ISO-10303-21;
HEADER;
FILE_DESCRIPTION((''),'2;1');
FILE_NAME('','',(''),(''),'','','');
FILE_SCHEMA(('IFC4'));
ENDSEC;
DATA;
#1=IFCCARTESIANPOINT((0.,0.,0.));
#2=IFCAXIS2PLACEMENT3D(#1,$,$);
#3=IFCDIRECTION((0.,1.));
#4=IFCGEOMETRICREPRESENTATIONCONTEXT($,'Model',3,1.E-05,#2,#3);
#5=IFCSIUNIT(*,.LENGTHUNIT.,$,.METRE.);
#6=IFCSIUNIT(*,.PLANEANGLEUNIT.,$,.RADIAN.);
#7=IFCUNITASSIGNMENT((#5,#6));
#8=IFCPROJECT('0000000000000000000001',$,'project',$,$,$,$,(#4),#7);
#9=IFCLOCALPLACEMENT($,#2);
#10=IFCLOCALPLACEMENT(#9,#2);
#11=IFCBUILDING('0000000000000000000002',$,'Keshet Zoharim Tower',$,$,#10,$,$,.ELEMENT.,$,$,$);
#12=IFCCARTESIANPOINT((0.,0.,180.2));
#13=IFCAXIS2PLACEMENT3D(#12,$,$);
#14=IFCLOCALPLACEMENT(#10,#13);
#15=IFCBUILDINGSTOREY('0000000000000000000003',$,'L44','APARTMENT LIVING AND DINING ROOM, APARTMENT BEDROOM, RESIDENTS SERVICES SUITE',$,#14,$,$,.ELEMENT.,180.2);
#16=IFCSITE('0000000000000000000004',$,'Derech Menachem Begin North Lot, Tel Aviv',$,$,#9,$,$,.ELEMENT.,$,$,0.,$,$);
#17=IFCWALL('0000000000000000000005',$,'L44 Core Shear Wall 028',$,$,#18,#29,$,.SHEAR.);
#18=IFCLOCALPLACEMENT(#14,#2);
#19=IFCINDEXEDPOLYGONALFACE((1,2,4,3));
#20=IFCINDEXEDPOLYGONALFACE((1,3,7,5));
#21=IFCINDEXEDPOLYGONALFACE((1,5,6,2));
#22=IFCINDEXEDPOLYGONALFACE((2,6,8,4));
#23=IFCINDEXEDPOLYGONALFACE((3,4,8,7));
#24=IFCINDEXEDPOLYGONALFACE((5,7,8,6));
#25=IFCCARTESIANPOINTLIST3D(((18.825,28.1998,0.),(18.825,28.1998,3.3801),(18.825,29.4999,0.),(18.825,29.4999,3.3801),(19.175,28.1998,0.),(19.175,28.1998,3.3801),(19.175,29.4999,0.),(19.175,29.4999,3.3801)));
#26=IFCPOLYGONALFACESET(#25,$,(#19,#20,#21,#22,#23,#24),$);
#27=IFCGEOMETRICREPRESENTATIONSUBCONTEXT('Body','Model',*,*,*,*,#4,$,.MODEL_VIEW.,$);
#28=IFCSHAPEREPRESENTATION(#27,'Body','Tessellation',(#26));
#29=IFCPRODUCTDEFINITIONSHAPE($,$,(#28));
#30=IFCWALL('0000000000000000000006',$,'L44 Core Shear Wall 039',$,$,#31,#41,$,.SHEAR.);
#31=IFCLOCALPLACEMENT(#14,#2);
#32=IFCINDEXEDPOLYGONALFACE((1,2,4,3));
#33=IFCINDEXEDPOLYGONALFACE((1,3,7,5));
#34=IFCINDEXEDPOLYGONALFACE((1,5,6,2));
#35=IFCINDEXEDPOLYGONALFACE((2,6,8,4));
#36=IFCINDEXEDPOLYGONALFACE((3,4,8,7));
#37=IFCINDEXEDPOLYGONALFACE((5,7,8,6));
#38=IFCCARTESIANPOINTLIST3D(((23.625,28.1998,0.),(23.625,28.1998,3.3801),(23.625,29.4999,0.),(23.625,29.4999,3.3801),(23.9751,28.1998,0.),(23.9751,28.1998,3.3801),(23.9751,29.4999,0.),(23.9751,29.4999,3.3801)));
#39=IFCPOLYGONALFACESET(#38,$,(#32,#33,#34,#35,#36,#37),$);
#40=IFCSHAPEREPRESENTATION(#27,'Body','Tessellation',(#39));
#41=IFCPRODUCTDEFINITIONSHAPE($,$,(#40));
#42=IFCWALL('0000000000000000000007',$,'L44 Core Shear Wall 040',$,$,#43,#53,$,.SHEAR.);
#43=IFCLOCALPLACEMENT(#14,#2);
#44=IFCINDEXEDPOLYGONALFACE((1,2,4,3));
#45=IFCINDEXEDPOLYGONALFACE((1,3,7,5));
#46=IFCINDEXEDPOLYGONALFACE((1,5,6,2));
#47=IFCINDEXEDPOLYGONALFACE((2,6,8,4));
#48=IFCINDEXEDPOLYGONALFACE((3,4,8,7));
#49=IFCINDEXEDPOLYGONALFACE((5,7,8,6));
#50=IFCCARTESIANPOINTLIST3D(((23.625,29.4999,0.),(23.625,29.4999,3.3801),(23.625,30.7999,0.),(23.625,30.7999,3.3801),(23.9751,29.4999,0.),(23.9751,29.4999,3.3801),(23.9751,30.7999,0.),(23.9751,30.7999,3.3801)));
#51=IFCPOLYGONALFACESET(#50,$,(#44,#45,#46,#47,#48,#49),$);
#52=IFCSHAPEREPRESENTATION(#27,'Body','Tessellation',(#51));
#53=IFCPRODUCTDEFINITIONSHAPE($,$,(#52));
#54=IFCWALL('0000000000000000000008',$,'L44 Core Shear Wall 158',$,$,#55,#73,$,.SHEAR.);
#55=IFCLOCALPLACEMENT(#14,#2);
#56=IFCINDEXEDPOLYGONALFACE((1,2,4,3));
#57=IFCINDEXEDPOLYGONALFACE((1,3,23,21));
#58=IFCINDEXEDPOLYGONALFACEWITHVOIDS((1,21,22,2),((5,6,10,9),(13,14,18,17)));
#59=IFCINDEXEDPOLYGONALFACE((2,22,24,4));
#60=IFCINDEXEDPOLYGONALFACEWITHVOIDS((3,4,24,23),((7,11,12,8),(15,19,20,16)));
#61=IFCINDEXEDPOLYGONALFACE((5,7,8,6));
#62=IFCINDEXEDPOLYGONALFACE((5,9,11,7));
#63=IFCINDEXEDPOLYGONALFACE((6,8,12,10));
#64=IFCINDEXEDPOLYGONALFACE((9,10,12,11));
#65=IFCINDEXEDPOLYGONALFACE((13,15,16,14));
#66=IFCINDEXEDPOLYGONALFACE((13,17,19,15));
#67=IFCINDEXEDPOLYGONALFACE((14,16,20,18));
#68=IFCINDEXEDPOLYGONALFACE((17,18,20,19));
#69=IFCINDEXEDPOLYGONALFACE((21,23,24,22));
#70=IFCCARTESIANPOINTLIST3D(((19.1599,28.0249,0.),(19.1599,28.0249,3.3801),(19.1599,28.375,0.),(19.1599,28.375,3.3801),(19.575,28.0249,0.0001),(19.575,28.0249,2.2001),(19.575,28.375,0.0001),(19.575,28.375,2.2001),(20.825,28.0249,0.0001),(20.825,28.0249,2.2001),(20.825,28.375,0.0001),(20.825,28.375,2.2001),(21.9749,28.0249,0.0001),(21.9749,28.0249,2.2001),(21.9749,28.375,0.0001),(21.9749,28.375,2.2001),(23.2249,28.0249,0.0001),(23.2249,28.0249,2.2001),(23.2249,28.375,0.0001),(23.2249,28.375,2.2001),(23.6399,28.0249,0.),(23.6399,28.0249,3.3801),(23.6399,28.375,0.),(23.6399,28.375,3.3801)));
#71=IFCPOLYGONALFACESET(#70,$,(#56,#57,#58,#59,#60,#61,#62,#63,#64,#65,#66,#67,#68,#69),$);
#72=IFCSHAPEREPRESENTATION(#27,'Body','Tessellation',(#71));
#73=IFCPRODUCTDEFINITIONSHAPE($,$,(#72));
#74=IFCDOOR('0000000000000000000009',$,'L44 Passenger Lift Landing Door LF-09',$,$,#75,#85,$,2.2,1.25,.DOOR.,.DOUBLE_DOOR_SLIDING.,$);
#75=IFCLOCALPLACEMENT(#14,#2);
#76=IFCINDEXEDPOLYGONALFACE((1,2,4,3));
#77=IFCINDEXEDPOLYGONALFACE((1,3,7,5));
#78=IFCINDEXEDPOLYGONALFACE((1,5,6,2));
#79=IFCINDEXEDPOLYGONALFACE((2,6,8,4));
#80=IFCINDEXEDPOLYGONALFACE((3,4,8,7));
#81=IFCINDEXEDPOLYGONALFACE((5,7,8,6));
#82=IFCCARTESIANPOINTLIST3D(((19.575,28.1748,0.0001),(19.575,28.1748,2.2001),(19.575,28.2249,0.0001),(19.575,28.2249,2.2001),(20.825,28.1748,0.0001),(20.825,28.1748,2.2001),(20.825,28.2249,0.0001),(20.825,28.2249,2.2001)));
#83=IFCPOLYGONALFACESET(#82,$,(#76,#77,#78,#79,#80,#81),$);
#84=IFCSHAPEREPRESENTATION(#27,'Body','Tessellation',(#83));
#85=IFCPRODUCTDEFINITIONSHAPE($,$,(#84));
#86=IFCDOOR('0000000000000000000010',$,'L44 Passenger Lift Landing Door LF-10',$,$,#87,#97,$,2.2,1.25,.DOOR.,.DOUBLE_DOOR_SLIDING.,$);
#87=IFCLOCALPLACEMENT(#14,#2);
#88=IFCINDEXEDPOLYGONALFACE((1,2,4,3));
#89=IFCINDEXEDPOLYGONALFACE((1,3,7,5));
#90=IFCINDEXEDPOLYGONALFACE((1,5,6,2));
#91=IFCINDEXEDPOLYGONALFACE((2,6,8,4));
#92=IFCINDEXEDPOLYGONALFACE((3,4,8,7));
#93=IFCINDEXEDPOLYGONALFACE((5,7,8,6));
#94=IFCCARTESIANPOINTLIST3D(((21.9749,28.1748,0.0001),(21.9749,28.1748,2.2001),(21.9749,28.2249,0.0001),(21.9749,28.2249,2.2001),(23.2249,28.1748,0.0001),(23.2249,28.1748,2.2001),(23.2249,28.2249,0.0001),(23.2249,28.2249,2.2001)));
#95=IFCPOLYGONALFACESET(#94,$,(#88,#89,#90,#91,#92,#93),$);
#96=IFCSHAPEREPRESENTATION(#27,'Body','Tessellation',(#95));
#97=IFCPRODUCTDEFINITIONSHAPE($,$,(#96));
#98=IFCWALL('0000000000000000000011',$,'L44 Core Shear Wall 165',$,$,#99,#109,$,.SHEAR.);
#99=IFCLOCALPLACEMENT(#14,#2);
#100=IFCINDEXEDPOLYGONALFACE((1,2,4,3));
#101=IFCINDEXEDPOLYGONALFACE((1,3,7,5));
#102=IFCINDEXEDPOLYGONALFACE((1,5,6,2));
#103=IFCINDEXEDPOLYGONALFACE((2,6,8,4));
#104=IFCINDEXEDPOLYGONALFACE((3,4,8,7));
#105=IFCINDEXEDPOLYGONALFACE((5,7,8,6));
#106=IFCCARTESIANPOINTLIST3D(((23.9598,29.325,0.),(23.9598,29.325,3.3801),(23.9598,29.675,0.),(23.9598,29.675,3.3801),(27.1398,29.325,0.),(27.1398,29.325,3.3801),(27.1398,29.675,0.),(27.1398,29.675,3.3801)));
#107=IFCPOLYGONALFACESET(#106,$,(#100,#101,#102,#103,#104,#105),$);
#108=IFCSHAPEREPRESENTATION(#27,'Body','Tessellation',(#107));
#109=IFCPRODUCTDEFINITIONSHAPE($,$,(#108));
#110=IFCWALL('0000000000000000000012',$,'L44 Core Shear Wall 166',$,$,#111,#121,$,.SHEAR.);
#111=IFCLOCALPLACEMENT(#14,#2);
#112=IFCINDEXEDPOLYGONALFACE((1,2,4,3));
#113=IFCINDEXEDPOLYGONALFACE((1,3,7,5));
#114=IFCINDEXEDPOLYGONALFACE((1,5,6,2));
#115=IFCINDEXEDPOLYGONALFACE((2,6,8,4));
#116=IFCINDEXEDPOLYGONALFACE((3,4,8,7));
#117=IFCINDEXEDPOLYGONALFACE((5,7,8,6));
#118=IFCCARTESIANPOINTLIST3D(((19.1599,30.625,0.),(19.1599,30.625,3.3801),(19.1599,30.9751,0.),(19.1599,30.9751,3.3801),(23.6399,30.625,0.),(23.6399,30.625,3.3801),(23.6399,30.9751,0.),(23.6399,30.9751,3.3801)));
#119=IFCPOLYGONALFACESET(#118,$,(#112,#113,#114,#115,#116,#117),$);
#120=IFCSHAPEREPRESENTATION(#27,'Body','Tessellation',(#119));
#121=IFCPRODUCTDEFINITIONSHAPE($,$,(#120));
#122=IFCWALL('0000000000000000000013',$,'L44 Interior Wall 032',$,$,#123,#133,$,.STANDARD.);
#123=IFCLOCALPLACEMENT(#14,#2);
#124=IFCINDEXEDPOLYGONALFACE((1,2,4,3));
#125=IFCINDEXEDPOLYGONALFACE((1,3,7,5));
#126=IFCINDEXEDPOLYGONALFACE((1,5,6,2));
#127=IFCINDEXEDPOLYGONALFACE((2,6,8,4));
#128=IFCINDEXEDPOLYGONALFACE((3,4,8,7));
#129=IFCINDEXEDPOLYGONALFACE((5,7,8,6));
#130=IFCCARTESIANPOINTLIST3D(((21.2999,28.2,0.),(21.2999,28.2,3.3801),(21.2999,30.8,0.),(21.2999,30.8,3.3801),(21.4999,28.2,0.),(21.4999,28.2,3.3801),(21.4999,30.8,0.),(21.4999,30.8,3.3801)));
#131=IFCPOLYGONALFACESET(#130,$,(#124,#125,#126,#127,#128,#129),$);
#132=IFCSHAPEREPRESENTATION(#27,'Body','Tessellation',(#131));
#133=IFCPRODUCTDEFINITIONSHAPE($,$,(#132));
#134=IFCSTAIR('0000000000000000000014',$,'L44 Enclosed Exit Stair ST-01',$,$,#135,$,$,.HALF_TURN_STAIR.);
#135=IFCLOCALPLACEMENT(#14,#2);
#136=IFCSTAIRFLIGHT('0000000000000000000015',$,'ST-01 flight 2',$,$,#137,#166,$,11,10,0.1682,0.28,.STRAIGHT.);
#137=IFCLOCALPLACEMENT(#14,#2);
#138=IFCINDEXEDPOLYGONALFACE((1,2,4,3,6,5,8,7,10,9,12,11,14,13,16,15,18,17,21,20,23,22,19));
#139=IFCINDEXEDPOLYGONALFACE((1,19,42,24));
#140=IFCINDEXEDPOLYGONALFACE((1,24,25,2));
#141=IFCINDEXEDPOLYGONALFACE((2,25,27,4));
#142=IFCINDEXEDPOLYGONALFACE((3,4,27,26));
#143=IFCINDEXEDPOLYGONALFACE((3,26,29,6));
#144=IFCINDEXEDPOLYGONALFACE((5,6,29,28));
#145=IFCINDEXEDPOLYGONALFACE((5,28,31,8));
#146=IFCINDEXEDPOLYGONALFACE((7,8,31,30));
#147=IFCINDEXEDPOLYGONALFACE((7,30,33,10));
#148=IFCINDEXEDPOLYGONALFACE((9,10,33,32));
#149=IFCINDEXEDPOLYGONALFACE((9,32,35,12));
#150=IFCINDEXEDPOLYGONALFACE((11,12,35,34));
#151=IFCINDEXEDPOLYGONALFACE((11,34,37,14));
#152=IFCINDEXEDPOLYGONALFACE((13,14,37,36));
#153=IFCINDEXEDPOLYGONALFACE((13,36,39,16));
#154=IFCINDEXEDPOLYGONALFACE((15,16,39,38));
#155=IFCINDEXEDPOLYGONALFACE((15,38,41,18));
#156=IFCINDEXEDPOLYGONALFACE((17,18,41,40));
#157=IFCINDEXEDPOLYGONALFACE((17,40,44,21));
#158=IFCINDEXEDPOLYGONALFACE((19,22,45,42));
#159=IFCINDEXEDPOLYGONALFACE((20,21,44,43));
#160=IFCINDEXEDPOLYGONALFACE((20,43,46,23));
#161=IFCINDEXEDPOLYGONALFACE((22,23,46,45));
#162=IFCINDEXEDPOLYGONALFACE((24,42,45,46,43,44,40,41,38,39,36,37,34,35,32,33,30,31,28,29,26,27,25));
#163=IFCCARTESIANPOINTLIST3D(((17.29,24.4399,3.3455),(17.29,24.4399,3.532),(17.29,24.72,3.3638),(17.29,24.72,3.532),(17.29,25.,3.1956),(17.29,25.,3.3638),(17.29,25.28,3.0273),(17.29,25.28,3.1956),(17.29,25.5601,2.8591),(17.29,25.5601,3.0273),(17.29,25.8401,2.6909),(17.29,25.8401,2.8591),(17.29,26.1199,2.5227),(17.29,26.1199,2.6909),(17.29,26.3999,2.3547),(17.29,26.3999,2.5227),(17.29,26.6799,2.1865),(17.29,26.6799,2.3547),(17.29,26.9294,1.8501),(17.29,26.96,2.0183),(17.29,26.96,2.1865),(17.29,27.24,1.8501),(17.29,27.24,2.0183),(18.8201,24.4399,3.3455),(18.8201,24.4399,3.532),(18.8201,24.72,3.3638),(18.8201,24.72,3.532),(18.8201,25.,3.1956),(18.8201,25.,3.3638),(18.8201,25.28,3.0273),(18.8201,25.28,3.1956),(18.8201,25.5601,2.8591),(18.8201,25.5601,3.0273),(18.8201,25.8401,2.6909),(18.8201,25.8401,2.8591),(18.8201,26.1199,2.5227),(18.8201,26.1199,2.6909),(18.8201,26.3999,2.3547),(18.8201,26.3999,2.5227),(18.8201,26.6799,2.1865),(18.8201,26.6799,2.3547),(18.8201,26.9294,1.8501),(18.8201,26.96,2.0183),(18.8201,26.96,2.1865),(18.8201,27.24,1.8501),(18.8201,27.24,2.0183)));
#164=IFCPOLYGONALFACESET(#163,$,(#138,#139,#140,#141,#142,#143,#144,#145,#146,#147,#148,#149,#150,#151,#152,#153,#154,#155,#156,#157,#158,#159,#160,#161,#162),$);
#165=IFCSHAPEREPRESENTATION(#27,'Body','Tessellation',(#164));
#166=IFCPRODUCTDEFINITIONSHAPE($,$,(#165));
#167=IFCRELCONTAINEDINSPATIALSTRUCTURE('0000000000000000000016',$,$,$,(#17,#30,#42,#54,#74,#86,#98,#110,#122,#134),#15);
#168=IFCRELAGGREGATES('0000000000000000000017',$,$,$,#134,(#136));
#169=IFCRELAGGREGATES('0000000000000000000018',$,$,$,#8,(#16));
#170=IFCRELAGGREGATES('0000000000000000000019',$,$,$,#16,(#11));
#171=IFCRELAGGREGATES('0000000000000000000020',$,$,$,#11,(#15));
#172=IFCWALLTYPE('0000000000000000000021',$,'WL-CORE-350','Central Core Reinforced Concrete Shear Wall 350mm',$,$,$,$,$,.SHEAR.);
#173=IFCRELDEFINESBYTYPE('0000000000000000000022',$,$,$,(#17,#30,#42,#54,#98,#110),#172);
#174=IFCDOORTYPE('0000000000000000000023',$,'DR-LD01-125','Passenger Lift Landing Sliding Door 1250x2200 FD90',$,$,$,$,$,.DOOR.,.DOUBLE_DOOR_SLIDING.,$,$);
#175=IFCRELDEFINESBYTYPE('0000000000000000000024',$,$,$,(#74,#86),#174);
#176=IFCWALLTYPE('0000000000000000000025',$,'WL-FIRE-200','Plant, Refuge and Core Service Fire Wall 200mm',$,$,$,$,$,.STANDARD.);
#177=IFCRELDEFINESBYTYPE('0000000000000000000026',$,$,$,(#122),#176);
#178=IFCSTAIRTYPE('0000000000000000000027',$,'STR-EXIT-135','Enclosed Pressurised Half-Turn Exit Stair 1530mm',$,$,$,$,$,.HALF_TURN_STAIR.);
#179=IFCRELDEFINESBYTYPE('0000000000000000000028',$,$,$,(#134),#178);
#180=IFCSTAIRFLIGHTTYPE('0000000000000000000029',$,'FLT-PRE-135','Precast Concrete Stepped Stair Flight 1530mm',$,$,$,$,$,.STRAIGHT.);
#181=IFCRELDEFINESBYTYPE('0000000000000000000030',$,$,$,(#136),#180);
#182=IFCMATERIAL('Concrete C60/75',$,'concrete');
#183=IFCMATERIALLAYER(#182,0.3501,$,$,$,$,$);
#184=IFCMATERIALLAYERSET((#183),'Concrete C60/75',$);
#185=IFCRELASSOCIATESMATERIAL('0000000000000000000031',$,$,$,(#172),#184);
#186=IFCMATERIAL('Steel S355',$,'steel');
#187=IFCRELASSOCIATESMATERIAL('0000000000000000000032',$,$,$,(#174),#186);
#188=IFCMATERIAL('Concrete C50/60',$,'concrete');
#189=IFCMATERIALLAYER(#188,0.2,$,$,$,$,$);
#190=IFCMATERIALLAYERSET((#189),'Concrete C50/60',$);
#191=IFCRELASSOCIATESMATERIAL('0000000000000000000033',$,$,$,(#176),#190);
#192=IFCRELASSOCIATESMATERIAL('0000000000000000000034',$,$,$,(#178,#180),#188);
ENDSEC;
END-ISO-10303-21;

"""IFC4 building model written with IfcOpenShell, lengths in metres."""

from ifc_helpers import new_model, si_unit, direction, frame, frame_2d, origin, place, context, subcontext, project, spatial, polyline, rectangle, outline, extrude, material, layer, layer_set, type_object, element, fill, aggregate, save


model = new_model("IFC4")

# Units and contexts
model_context = context("Model", 3, precision=1e-05, world=origin(), true_north=direction((0.0, 1.0)))
body_context = subcontext(model_context, "Body", "Model", "MODEL_VIEW")
ifc_project = project(units=[si_unit("LENGTHUNIT", "METRE"), si_unit("PLANEANGLEUNIT", "RADIAN")], contexts=[model_context])

# Site, building, storey
site_placement = place(None, origin())
site = spatial("IfcSite", under=ifc_project, at=site_placement, Name="Derech Menachem Begin North Lot, Tel Aviv", CompositionType="ELEMENT", RefElevation=0.0)
building_placement = place(site_placement, origin())
building = spatial("IfcBuilding", under=site, at=building_placement, Name="Keshet Zoharim Tower", CompositionType="ELEMENT")
storey_placement = place(building_placement, frame((0.0, 0.0, 180.2)))
storey = spatial("IfcBuildingStorey", under=building, at=storey_placement, Name="L44", Description="APARTMENT LIVING AND DINING ROOM, APARTMENT BEDROOM, RESIDENTS SERVICES SUITE", CompositionType="ELEMENT", Elevation=180.2)

# Wall
ifc_material_1 = material(Name="Concrete C60/75", Category="concrete")
ifc_layer_1 = layer(ifc_material_1, 0.3501)
ifc_layer_set_1 = layer_set([ifc_layer_1], Name="Concrete C60/75")
wall_type_1 = type_object("IfcWallType", Name="WL-CORE-350", Description="Central Core Reinforced Concrete Shear Wall 350mm", PredefinedType="SHEAR", material=ifc_layer_set_1)
wall_1_placement = place(storey_placement, frame((19.0, 28.2, 0.0), z_axis=(0.0, 0.0, 1.0), x_axis=(0.0, 1.0, 0.0)))
element("IfcWall", 1, at=wall_1_placement, inside=storey, type_object=wall_type_1, Name="L44 Core Shear Wall 028", PredefinedType="SHEAR", context=body_context, shape_type="SweptSolid", body=[
    extrude(rectangle(XDim=1.3, YDim=0.3501, at=frame_2d((0.6499, 0.0))), origin(), (0.0, 0.0, 1.0), 3.3801),
])

# Walls
for number, where, z_axis, x_axis, name in (
    (2, (23.8, 28.2, 0.0), (0.0, 0.0, 1.0), (0.0, 1.0, 0.0), "L44 Core Shear Wall 039"),
    (3, (23.8, 29.5, 0.0), (0.0, 0.0, 1.0), (0.0, 1.0, 0.0), "L44 Core Shear Wall 040"),
):
    element("IfcWall", number, at=place(storey_placement, frame(where, z_axis=z_axis, x_axis=x_axis)), inside=storey, type_object=wall_type_1, Name=name, PredefinedType="SHEAR", context=body_context, shape_type="SweptSolid", body=[
        extrude(rectangle(XDim=1.3, YDim=0.3501, at=frame_2d((0.6499, 0.0))), origin(), (0.0, 0.0, 1.0), 3.3801),
    ])

# Wall, openings, doors
wall_2_placement = place(storey_placement, frame((19.1599, 28.2, 0.0), z_axis=(0.0, 0.0, 1.0), x_axis=(1.0, 0.0, 0.0)))
wall_2 = element("IfcWall", 4, at=wall_2_placement, inside=storey, type_object=wall_type_1, Name="L44 Core Shear Wall 158", PredefinedType="SHEAR", context=body_context, shape_type="SweptSolid", body=[
    extrude(rectangle(XDim=4.48, YDim=0.3501, at=frame_2d((2.24, 0.0))), origin(), (0.0, 0.0, 1.0), 3.3801),
])
opening_1_placement = place(wall_2_placement, frame((0.415, 0.0, 0.0)))
opening_1 = element("IfcOpeningElement", 5, at=opening_1_placement, cuts=wall_2, PredefinedType="OPENING", context=body_context, shape_type="SweptSolid", body=[
    extrude(rectangle(XDim=1.25, YDim=2.2, at=frame_2d((0.625, 1.1001))), frame((0.0, 0.1851, 0.0), z_axis=(0.0, -1.0, 0.0), x_axis=(1.0, 0.0, 0.0)), (0.0, 0.0, 1.0), 0.3701),
])
opening_2_placement = place(wall_2_placement, frame((2.8149, 0.0, 0.0)))
opening_2 = element("IfcOpeningElement", 6, at=opening_2_placement, cuts=wall_2, PredefinedType="OPENING", context=body_context, shape_type="SweptSolid", body=[
    extrude(rectangle(XDim=1.25, YDim=2.2, at=frame_2d((0.625, 1.1001))), frame((0.0, 0.1851, 0.0), z_axis=(0.0, -1.0, 0.0), x_axis=(1.0, 0.0, 0.0)), (0.0, 0.0, 1.0), 0.3701),
])
ifc_material_2 = material(Name="Steel S355", Category="steel")
door_type_1 = type_object("IfcDoorType", Name="DR-LD01-125", Description="Passenger Lift Landing Sliding Door 1250x2200 FD90", OperationType="DOUBLE_DOOR_SLIDING", PredefinedType="DOOR", material=ifc_material_2)
door_1_placement = place(opening_1_placement, origin())
door_1 = element("IfcDoor", 7, at=door_1_placement, inside=storey, type_object=door_type_1, Name="L44 Passenger Lift Landing Door LF-09", OperationType="DOUBLE_DOOR_SLIDING", OverallHeight=2.2, OverallWidth=1.25, PredefinedType="DOOR", context=body_context, shape_type="SweptSolid", body=[
    extrude(rectangle(XDim=1.25, YDim=2.2, at=frame_2d((0.625, 1.1001))), frame((0.0, 0.0249, 0.0), z_axis=(0.0, -1.0, 0.0), x_axis=(1.0, 0.0, 0.0)), (0.0, 0.0, 1.0), 0.05),
])
fill(opening_1, door_1)
door_2_placement = place(opening_2_placement, origin())
door_2 = element("IfcDoor", 8, at=door_2_placement, inside=storey, type_object=door_type_1, Name="L44 Passenger Lift Landing Door LF-10", OperationType="DOUBLE_DOOR_SLIDING", OverallHeight=2.2, OverallWidth=1.25, PredefinedType="DOOR", context=body_context, shape_type="SweptSolid", body=[
    extrude(rectangle(XDim=1.25, YDim=2.2, at=frame_2d((0.625, 1.1001))), frame((0.0, 0.0249, 0.0), z_axis=(0.0, -1.0, 0.0), x_axis=(1.0, 0.0, 0.0)), (0.0, 0.0, 1.0), 0.05),
])
fill(opening_2, door_2)

# Walls
wall_3_placement = place(storey_placement, frame((23.96, 29.5, 0.0), z_axis=(0.0, 0.0, 1.0), x_axis=(1.0, 0.0, 0.0)))
element("IfcWall", 9, at=wall_3_placement, inside=storey, type_object=wall_type_1, Name="L44 Core Shear Wall 165", PredefinedType="SHEAR", context=body_context, shape_type="SweptSolid", body=[
    extrude(rectangle(XDim=3.1799, YDim=0.3501, at=frame_2d((1.5898, 0.0))), origin(), (0.0, 0.0, 1.0), 3.3801),
])
wall_4_placement = place(storey_placement, frame((19.1599, 30.8, 0.0), z_axis=(0.0, 0.0, 1.0), x_axis=(1.0, 0.0, 0.0)))
element("IfcWall", 10, at=wall_4_placement, inside=storey, type_object=wall_type_1, Name="L44 Core Shear Wall 166", PredefinedType="SHEAR", context=body_context, shape_type="SweptSolid", body=[
    extrude(rectangle(XDim=4.48, YDim=0.3501, at=frame_2d((2.24, 0.0))), origin(), (0.0, 0.0, 1.0), 3.3801),
])
ifc_material_3 = material(Name="Concrete C50/60", Category="concrete")
ifc_layer_2 = layer(ifc_material_3, 0.2)
ifc_layer_set_2 = layer_set([ifc_layer_2], Name="Concrete C50/60")
wall_type_2 = type_object("IfcWallType", Name="WL-FIRE-200", Description="Plant, Refuge and Core Service Fire Wall 200mm", PredefinedType="STANDARD", material=ifc_layer_set_2)
wall_5_placement = place(storey_placement, frame((21.3999, 28.2, 0.0), z_axis=(0.0, 0.0, 1.0), x_axis=(0.0, 1.0, 0.0)))
element("IfcWall", 11, at=wall_5_placement, inside=storey, type_object=wall_type_2, Name="L44 Interior Wall 032", PredefinedType="STANDARD", context=body_context, shape_type="SweptSolid", body=[
    extrude(rectangle(XDim=2.6001, YDim=0.2, at=frame_2d((1.3, 0.0))), origin(), (0.0, 0.0, 1.0), 3.3801),
])

# Stair, stair flight
stair_type = type_object("IfcStairType", Name="STR-EXIT-135", Description="Enclosed Pressurised Half-Turn Exit Stair 1530mm", PredefinedType="HALF_TURN_STAIR", material=ifc_material_3)
stair_1_placement = place(storey_placement, origin())
stair_1 = element("IfcStair", 12, at=stair_1_placement, inside=storey, type_object=stair_type, Name="L44 Enclosed Exit Stair ST-01", PredefinedType="HALF_TURN_STAIR")
stair_flight_type_1 = type_object("IfcStairFlightType", Name="FLT-PRE-135", Description="Precast Concrete Stepped Stair Flight 1530mm", PredefinedType="STRAIGHT", material=ifc_material_3)
stair_flight_1_placement = place(storey_placement, frame((18.0549, 27.24, 1.8501), z_axis=(0.0, 0.0, 1.0), x_axis=(0.0, -1.0, 0.0)))
stair_flight_1 = element("IfcStairFlight", 13, at=stair_flight_1_placement, type_object=stair_flight_type_1, Name="ST-01 flight 2", NumberOfRisers=11, NumberOfTreads=10, PredefinedType="STRAIGHT", RiserHeight=0.1682, TreadLength=0.28, context=body_context, shape_type="SweptSolid", body=[
    extrude(outline(polyline([(0.0, 0.0), (0.0, 0.1682), (0.28, 0.1682), (0.28, 0.3364), (0.5601, 0.3364), (0.5601, 0.5046), (0.8401, 0.5046), (0.8401, 0.6726), (1.1201, 0.6726), (1.1201, 0.8408), (1.3999, 0.8408), (1.3999, 1.009), (1.6799, 1.009), (1.6799, 1.1772), (1.96, 1.1772), (1.96, 1.3455), (2.24, 1.3455), (2.24, 1.5137), (2.52, 1.5137), (2.52, 1.6819), (2.8, 1.6819), (2.8, 1.8501), (2.8, 1.4954), (0.3105, 0.0), (0.0, 0.0)])), frame((0.0, 0.7651, 0.0), z_axis=(0.0, -1.0, 0.0), x_axis=(1.0, 0.0, 0.0)), (0.0, 0.0, 1.0), 1.53),
])
aggregate(stair_1, [stair_flight_1])

save(model, "model.ifc")
